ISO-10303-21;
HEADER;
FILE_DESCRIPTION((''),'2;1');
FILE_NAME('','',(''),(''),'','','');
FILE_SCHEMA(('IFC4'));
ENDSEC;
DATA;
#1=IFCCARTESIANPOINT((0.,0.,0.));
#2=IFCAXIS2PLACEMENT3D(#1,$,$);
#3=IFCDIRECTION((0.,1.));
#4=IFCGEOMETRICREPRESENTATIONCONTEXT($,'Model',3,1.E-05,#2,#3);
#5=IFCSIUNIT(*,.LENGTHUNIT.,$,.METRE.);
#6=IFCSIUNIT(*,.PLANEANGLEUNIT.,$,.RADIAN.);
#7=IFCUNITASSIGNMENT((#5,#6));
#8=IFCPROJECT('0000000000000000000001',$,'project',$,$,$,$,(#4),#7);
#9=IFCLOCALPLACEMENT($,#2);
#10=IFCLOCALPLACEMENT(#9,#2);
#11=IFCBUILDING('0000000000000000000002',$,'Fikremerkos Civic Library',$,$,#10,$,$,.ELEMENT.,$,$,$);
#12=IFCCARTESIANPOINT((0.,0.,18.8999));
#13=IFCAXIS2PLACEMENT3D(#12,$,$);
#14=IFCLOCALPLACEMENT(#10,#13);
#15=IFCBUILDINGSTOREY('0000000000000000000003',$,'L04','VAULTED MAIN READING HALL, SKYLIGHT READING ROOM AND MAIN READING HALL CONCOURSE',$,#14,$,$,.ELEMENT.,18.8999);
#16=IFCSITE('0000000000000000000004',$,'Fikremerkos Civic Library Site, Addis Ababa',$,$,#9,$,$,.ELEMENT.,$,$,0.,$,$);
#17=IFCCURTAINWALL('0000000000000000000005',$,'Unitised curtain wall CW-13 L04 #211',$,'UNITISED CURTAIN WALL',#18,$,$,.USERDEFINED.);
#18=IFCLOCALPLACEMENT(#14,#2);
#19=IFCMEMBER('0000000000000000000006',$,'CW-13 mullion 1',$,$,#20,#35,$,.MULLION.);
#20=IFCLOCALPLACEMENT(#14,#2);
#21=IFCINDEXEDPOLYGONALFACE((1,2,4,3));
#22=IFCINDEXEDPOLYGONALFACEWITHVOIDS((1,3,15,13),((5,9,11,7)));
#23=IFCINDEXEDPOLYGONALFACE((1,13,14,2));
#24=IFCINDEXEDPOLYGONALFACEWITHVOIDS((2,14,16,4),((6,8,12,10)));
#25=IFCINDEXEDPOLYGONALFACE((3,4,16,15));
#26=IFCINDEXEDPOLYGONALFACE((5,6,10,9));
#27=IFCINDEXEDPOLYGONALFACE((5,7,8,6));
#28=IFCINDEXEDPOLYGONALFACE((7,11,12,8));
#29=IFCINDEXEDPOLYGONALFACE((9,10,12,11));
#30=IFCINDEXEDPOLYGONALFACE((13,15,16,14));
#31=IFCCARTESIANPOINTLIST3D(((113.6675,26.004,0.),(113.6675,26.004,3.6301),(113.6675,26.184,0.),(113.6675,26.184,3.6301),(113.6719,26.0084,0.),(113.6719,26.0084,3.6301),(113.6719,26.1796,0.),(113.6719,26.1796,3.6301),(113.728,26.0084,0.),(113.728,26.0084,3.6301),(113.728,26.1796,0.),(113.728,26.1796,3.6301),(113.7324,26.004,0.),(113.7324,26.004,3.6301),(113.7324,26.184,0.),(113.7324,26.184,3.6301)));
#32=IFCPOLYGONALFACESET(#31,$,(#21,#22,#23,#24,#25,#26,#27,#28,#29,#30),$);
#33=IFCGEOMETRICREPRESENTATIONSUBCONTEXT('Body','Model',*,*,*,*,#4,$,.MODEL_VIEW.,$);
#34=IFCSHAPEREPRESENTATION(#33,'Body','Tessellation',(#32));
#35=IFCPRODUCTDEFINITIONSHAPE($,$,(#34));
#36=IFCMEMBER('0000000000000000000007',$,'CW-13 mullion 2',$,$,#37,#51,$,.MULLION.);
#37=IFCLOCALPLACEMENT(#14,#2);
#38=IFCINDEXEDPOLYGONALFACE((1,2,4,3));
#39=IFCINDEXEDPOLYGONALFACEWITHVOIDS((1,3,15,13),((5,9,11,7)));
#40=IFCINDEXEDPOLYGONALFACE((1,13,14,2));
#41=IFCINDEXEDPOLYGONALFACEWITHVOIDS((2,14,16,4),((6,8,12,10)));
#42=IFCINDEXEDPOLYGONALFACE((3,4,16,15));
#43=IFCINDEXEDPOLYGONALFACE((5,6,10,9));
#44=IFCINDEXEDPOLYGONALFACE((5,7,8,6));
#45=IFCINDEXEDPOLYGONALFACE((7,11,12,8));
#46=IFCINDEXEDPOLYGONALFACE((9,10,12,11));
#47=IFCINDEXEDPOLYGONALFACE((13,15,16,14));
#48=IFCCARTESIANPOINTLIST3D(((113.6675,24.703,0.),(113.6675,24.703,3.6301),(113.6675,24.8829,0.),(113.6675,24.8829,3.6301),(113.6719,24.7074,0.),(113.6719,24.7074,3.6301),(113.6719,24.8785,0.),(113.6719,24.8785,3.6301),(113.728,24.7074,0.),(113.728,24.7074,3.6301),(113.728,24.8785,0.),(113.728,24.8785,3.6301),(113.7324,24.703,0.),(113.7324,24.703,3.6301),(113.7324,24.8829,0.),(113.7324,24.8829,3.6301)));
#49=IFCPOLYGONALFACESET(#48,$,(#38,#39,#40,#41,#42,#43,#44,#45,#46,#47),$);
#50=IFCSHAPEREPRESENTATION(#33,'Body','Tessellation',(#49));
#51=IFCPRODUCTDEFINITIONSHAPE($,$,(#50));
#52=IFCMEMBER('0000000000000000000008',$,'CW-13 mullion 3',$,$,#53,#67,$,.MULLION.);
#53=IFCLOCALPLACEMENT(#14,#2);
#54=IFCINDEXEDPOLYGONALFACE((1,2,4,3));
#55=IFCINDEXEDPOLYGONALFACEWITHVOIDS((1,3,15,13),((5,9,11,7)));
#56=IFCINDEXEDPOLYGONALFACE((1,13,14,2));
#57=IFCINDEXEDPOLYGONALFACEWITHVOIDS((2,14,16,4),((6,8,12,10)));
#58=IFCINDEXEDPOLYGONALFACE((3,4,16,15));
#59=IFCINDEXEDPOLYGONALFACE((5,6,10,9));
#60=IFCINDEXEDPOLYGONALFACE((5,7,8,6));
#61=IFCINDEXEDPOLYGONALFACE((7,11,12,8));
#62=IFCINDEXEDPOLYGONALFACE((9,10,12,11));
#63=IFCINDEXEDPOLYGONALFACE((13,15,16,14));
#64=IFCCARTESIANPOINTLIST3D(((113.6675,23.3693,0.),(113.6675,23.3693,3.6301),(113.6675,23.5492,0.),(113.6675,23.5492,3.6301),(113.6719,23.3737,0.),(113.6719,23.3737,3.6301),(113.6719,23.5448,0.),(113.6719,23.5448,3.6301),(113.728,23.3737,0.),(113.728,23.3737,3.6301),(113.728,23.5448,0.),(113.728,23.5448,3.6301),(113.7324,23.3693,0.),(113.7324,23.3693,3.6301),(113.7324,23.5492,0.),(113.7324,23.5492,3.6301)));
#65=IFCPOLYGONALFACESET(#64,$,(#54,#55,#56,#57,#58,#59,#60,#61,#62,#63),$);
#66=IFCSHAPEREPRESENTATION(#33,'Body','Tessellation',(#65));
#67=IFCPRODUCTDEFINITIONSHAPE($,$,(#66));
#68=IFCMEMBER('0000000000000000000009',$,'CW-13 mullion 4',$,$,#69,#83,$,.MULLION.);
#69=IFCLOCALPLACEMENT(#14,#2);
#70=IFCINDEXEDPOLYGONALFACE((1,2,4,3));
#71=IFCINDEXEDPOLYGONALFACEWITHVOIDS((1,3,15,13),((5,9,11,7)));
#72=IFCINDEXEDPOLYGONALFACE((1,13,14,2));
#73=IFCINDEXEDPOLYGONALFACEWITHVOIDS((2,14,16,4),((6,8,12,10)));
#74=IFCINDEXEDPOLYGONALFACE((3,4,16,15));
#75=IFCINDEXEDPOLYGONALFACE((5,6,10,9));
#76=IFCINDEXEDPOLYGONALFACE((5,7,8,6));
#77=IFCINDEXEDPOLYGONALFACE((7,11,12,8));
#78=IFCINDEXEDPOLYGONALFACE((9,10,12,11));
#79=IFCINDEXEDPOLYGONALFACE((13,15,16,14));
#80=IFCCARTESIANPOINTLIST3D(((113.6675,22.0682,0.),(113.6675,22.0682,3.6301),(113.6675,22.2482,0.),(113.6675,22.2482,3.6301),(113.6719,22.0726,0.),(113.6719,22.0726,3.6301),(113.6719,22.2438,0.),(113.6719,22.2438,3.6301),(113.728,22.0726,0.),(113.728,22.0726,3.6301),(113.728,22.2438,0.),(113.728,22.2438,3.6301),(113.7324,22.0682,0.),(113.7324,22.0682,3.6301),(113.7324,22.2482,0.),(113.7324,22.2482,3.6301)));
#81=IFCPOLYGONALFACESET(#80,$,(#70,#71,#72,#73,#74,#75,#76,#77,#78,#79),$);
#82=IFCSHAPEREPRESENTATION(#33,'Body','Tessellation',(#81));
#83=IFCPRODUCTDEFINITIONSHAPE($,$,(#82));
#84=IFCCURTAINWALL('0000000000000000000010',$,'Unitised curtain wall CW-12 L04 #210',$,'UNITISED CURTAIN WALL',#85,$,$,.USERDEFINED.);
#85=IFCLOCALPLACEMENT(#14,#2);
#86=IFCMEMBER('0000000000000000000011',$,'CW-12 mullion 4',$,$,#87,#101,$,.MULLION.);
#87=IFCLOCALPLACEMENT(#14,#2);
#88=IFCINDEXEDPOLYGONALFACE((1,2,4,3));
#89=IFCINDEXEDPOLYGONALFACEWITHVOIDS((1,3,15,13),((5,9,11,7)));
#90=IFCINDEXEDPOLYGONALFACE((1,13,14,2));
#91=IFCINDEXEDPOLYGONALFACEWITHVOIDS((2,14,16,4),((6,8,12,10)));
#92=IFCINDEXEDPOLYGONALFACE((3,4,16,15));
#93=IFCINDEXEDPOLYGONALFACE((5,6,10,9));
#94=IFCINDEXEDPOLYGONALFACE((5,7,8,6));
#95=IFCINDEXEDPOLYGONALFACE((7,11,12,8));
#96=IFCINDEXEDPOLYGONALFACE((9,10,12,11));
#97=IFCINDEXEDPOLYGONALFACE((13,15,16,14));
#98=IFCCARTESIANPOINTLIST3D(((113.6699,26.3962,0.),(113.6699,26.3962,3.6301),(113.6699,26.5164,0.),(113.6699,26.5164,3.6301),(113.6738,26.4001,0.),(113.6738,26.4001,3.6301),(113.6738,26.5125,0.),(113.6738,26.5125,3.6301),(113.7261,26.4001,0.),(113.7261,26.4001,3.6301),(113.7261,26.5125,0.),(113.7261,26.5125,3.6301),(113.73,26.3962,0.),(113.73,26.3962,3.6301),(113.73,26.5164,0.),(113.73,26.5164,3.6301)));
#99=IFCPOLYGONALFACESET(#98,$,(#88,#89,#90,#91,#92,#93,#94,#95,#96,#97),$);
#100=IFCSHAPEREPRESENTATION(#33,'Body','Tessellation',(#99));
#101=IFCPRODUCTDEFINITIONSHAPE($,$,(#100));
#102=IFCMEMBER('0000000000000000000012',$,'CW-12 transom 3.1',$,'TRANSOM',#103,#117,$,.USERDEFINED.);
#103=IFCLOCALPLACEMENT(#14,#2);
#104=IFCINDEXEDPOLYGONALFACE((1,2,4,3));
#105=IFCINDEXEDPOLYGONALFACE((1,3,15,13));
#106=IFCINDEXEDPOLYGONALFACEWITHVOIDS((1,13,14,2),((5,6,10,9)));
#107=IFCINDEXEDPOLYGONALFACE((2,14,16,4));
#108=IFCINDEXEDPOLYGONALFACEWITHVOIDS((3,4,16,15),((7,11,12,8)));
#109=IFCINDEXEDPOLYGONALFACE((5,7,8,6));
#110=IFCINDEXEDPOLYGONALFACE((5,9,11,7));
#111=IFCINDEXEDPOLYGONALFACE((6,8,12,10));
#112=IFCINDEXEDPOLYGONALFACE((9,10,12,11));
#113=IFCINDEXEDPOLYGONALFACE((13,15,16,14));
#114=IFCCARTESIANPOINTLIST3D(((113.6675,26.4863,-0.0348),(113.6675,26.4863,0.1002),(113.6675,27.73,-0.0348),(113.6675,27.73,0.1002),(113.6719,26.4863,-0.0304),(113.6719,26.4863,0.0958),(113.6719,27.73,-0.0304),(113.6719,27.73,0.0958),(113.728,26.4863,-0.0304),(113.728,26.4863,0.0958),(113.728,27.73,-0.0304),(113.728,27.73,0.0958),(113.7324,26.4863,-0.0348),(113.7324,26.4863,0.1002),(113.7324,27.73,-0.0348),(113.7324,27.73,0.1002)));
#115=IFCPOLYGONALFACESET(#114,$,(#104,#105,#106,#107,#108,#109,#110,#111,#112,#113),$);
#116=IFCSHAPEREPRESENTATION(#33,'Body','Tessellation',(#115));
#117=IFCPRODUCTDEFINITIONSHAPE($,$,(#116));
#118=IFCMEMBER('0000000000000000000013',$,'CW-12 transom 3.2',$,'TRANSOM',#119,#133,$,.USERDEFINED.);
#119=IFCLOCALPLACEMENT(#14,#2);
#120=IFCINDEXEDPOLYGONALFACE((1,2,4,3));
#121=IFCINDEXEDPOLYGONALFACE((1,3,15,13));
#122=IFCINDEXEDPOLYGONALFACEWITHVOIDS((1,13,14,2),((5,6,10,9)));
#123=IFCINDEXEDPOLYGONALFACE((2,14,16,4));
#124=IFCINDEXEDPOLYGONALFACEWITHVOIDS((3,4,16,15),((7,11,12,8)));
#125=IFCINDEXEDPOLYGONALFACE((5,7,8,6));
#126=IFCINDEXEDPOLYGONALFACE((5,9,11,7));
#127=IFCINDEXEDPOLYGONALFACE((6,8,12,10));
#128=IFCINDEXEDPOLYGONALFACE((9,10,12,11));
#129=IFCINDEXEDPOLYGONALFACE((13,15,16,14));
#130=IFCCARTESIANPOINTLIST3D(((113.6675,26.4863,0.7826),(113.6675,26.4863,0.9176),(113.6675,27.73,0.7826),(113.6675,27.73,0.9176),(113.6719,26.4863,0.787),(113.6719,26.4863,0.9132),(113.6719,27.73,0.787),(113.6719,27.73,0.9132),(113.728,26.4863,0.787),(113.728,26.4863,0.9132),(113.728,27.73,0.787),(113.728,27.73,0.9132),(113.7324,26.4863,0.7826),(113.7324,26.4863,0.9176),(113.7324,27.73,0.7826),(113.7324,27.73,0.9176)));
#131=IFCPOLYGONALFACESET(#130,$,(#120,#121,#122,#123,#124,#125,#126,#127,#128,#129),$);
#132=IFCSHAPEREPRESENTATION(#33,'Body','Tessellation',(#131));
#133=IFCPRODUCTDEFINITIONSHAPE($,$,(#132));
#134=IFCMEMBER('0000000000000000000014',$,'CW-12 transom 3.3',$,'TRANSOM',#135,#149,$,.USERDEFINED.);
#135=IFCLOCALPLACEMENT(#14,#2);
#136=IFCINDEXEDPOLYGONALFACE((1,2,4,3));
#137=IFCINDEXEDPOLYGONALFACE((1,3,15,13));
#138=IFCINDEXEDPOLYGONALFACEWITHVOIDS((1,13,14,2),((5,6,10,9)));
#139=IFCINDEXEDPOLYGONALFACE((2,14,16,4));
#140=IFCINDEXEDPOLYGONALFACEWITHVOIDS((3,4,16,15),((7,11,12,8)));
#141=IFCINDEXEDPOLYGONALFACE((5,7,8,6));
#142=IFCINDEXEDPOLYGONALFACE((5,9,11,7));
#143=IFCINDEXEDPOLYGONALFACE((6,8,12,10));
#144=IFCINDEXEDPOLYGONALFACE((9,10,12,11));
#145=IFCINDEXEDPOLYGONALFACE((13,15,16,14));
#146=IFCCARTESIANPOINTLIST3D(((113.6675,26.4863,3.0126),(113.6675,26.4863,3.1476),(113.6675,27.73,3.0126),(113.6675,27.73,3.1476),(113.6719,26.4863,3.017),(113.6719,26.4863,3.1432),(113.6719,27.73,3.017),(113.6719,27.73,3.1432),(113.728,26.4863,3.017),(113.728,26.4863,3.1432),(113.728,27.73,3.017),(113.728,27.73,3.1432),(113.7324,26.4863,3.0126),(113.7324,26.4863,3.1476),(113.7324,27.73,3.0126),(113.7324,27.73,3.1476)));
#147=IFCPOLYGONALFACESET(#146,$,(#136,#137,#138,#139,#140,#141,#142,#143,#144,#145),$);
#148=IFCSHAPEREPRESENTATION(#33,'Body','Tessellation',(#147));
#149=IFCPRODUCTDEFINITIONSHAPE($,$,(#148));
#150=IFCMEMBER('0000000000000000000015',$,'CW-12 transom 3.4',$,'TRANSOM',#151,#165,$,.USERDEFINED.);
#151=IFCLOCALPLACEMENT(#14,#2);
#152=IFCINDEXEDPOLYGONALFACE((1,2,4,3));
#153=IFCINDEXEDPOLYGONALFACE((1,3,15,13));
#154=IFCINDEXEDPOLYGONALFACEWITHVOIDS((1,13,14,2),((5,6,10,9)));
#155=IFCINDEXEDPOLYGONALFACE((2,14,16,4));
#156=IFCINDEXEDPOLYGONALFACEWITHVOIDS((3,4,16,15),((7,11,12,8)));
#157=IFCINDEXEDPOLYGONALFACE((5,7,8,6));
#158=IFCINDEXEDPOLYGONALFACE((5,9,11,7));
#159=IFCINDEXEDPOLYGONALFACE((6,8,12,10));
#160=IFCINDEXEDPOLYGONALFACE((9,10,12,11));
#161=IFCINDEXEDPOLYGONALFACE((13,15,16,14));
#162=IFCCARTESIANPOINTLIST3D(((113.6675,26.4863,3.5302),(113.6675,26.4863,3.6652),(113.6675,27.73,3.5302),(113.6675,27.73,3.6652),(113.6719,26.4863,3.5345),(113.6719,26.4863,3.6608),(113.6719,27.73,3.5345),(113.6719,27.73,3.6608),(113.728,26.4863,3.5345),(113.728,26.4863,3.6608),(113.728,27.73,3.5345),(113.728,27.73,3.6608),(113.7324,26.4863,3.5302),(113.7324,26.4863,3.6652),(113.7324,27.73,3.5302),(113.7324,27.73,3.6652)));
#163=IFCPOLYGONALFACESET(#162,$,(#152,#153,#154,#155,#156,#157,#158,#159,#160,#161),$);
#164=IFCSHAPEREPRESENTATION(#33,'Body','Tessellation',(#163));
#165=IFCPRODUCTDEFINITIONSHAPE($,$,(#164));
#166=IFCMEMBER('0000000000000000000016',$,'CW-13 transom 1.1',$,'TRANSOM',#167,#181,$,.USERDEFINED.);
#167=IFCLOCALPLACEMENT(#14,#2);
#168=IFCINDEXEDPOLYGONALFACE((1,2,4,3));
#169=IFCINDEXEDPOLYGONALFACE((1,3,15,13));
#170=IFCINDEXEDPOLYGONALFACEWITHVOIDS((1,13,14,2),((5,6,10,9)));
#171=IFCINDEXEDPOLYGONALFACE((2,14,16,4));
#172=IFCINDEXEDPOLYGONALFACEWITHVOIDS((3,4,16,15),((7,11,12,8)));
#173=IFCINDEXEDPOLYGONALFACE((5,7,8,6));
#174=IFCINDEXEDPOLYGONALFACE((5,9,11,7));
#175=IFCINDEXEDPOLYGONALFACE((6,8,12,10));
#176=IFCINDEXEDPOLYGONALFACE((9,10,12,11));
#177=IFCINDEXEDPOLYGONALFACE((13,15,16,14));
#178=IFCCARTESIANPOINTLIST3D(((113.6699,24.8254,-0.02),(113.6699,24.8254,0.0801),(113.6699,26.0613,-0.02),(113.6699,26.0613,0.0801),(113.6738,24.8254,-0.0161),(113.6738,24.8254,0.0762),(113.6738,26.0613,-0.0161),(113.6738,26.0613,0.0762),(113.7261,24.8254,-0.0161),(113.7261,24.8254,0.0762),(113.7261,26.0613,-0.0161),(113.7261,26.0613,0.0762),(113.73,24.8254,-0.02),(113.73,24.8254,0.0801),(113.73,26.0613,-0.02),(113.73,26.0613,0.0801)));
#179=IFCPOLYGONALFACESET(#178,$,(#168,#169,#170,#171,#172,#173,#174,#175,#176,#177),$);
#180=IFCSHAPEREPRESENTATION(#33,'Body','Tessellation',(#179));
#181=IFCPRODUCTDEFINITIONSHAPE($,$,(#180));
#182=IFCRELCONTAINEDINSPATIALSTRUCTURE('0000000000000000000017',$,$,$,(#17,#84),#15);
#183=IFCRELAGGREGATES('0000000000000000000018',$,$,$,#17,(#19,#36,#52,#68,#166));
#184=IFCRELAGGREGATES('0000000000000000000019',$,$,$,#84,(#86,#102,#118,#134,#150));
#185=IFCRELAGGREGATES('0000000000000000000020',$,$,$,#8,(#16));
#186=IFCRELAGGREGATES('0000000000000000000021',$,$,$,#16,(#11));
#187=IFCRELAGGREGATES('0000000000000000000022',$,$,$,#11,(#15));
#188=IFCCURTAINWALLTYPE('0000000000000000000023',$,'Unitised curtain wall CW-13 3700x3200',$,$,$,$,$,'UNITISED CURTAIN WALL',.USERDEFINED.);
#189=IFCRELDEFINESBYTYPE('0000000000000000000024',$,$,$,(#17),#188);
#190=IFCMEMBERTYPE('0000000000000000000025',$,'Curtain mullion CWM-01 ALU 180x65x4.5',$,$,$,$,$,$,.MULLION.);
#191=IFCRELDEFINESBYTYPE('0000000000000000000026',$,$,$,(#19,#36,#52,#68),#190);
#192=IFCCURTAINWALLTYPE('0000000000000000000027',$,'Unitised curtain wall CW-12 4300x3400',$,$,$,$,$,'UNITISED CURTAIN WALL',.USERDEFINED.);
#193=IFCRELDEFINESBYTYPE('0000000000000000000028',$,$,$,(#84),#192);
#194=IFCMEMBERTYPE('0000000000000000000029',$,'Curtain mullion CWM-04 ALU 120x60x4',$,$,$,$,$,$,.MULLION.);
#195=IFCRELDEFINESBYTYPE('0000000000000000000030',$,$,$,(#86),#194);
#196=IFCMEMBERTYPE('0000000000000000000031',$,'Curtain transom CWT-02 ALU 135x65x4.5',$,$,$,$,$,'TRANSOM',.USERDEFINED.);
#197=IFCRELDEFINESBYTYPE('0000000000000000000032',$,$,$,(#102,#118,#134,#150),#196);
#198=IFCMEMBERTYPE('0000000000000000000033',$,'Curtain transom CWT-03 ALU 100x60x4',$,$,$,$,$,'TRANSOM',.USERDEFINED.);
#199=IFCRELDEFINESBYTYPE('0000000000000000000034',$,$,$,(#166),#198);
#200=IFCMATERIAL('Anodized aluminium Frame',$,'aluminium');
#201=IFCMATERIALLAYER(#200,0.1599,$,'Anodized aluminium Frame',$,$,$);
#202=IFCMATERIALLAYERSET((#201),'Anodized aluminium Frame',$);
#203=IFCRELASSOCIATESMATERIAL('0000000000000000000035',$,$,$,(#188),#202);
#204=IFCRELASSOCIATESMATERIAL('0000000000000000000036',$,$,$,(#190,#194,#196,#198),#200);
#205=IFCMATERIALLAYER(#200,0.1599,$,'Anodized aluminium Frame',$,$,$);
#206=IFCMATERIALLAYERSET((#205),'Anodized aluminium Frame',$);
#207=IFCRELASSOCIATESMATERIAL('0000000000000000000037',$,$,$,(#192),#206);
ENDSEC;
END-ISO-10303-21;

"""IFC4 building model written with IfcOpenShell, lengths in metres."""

from ifc_helpers import new_model, si_unit, direction, frame, origin, origin_2d, place, context, subcontext, project, spatial, hollow_rectangle, extrude, material, layer, layer_set, material_profile, profile_set, type_object, element, aggregate, save


model = new_model("IFC4")

# Units and contexts
model_context = context("Model", 3, precision=1e-05, world=origin(), true_north=direction((0.0, 1.0)))
body_context = subcontext(model_context, "Body", "Model", "MODEL_VIEW")
ifc_project = project(units=[si_unit("LENGTHUNIT", "METRE"), si_unit("PLANEANGLEUNIT", "RADIAN")], contexts=[model_context])

# Site, building, storey
site_placement = place(None, origin())
site = spatial("IfcSite", under=ifc_project, at=site_placement, Name="Fikremerkos Civic Library Site, Addis Ababa", CompositionType="ELEMENT", RefElevation=0.0)
building_placement = place(site_placement, origin())
building = spatial("IfcBuilding", under=site, at=building_placement, Name="Fikremerkos Civic Library", CompositionType="ELEMENT")
storey_placement = place(building_placement, frame((0.0, 0.0, 18.8999)))
storey = spatial("IfcBuildingStorey", under=building, at=storey_placement, Name="L04", Description="VAULTED MAIN READING HALL, SKYLIGHT READING ROOM AND MAIN READING HALL CONCOURSE", CompositionType="ELEMENT", Elevation=18.8999)

# Curtain walls, members
ifc_material_1 = material(Name="Anodized aluminium Frame", Category="aluminium")
ifc_layer_1 = layer(ifc_material_1, 0.1599, Name="Anodized aluminium Frame")
ifc_layer_set_1 = layer_set([ifc_layer_1], Name="Anodized aluminium Frame")
curtain_wall_type_1 = type_object("IfcCurtainWallType", Name="Unitised curtain wall CW-13 3700x3200", ElementType="UNITISED CURTAIN WALL", PredefinedType="USERDEFINED", material=ifc_layer_set_1)
curtain_wall_1_placement = place(storey_placement, origin())
curtain_wall_1 = element("IfcCurtainWall", 1, at=curtain_wall_1_placement, inside=storey, type_object=curtain_wall_type_1, Name="Unitised curtain wall CW-13 L04 #211", ObjectType="UNITISED CURTAIN WALL", PredefinedType="USERDEFINED")
ifc_material_profile_1 = material_profile(ifc_material_1, hollow_rectangle(XDim=0.0649, YDim=0.1799, WallThickness=0.0044, at=origin_2d()), Name="ALU 180x65x4.5")
ifc_profile_set_1 = profile_set([ifc_material_profile_1], Name="Anodized aluminium Frame")
member_type_1 = type_object("IfcMemberType", Name="Curtain mullion CWM-01 ALU 180x65x4.5", PredefinedType="MULLION", material=ifc_profile_set_1)
member_1_placement = place(storey_placement, frame((113.7, 26.094, 0.0), z_axis=(0.0, 0.0, 1.0), x_axis=(1.0, 0.0, 0.0)))
member_1 = element("IfcMember", 2, at=member_1_placement, type_object=member_type_1, Name="CW-13 mullion 1", PredefinedType="MULLION", context=body_context, shape_type="SweptSolid", body=[
    extrude(hollow_rectangle(XDim=0.0649, YDim=0.1799, WallThickness=0.0044, at=origin_2d()), origin(), (0.0, 0.0, 1.0), 3.6301),
])
member_2_placement = place(storey_placement, frame((113.7, 24.793, 0.0), z_axis=(0.0, 0.0, 1.0), x_axis=(1.0, 0.0, 0.0)))
member_2 = element("IfcMember", 3, at=member_2_placement, type_object=member_type_1, Name="CW-13 mullion 2", PredefinedType="MULLION", context=body_context, shape_type="SweptSolid", body=[
    extrude(hollow_rectangle(XDim=0.0649, YDim=0.1799, WallThickness=0.0044, at=origin_2d()), origin(), (0.0, 0.0, 1.0), 3.6301),
])
member_3_placement = place(storey_placement, frame((113.7, 23.4592, 0.0), z_axis=(0.0, 0.0, 1.0), x_axis=(1.0, 0.0, 0.0)))
member_3 = element("IfcMember", 4, at=member_3_placement, type_object=member_type_1, Name="CW-13 mullion 3", PredefinedType="MULLION", context=body_context, shape_type="SweptSolid", body=[
    extrude(hollow_rectangle(XDim=0.0649, YDim=0.1799, WallThickness=0.0044, at=origin_2d()), origin(), (0.0, 0.0, 1.0), 3.6301),
])
member_4_placement = place(storey_placement, frame((113.7, 22.1582, 0.0), z_axis=(0.0, 0.0, 1.0), x_axis=(1.0, 0.0, 0.0)))
member_4 = element("IfcMember", 5, at=member_4_placement, type_object=member_type_1, Name="CW-13 mullion 4", PredefinedType="MULLION", context=body_context, shape_type="SweptSolid", body=[
    extrude(hollow_rectangle(XDim=0.0649, YDim=0.1799, WallThickness=0.0044, at=origin_2d()), origin(), (0.0, 0.0, 1.0), 3.6301),
])
ifc_layer_2 = layer(ifc_material_1, 0.1599, Name="Anodized aluminium Frame")
ifc_layer_set_2 = layer_set([ifc_layer_2], Name="Anodized aluminium Frame")
curtain_wall_type_2 = type_object("IfcCurtainWallType", Name="Unitised curtain wall CW-12 4300x3400", ElementType="UNITISED CURTAIN WALL", PredefinedType="USERDEFINED", material=ifc_layer_set_2)
curtain_wall_2_placement = place(storey_placement, origin())
curtain_wall_2 = element("IfcCurtainWall", 6, at=curtain_wall_2_placement, inside=storey, type_object=curtain_wall_type_2, Name="Unitised curtain wall CW-12 L04 #210", ObjectType="UNITISED CURTAIN WALL", PredefinedType="USERDEFINED")
ifc_material_profile_2 = material_profile(ifc_material_1, hollow_rectangle(XDim=0.0601, YDim=0.1201, WallThickness=0.0039, at=origin_2d()), Name="ALU 120x60x4")
ifc_profile_set_2 = profile_set([ifc_material_profile_2], Name="Anodized aluminium Frame")
member_type_2 = type_object("IfcMemberType", Name="Curtain mullion CWM-04 ALU 120x60x4", PredefinedType="MULLION", material=ifc_profile_set_2)
member_5_placement = place(storey_placement, frame((113.7, 26.4563, 0.0), z_axis=(0.0, 0.0, 1.0), x_axis=(1.0, 0.0, 0.0)))
member_5 = element("IfcMember", 7, at=member_5_placement, type_object=member_type_2, Name="CW-12 mullion 4", PredefinedType="MULLION", context=body_context, shape_type="SweptSolid", body=[
    extrude(hollow_rectangle(XDim=0.0601, YDim=0.1201, WallThickness=0.0039, at=origin_2d()), origin(), (0.0, 0.0, 1.0), 3.6301),
])
ifc_material_profile_3 = material_profile(ifc_material_1, hollow_rectangle(XDim=0.0649, YDim=0.135, WallThickness=0.0044, at=origin_2d()), Name="ALU 135x65x4.5")
ifc_profile_set_3 = profile_set([ifc_material_profile_3], Name="Anodized aluminium Frame")
member_type_3 = type_object("IfcMemberType", Name="Curtain transom CWT-02 ALU 135x65x4.5", ElementType="TRANSOM", PredefinedType="USERDEFINED", material=ifc_profile_set_3)
member_6_placement = place(storey_placement, frame((113.7, 27.73, 0.0327), z_axis=(0.0, -1.0, 0.0), x_axis=(1.0, 0.0, 0.0)))
member_6 = element("IfcMember", 8, at=member_6_placement, type_object=member_type_3, Name="CW-12 transom 3.1", ObjectType="TRANSOM", PredefinedType="USERDEFINED", context=body_context, shape_type="SweptSolid", body=[
    extrude(hollow_rectangle(XDim=0.0649, YDim=0.135, WallThickness=0.0044, at=origin_2d()), origin(), (0.0, 0.0, 1.0), 1.2437),
])
member_7_placement = place(storey_placement, frame((113.7, 27.73, 0.8501), z_axis=(0.0, -1.0, 0.0), x_axis=(1.0, 0.0, 0.0)))
member_7 = element("IfcMember", 9, at=member_7_placement, type_object=member_type_3, Name="CW-12 transom 3.2", ObjectType="TRANSOM", PredefinedType="USERDEFINED", context=body_context, shape_type="SweptSolid", body=[
    extrude(hollow_rectangle(XDim=0.0649, YDim=0.135, WallThickness=0.0044, at=origin_2d()), origin(), (0.0, 0.0, 1.0), 1.2437),
])
member_8_placement = place(storey_placement, frame((113.7, 27.73, 3.0801), z_axis=(0.0, -1.0, 0.0), x_axis=(1.0, 0.0, 0.0)))
member_8 = element("IfcMember", 10, at=member_8_placement, type_object=member_type_3, Name="CW-12 transom 3.3", ObjectType="TRANSOM", PredefinedType="USERDEFINED", context=body_context, shape_type="SweptSolid", body=[
    extrude(hollow_rectangle(XDim=0.0649, YDim=0.135, WallThickness=0.0044, at=origin_2d()), origin(), (0.0, 0.0, 1.0), 1.2437),
])
member_9_placement = place(storey_placement, frame((113.7, 27.73, 3.5977), z_axis=(0.0, -1.0, 0.0), x_axis=(1.0, 0.0, 0.0)))
member_9 = element("IfcMember", 11, at=member_9_placement, type_object=member_type_3, Name="CW-12 transom 3.4", ObjectType="TRANSOM", PredefinedType="USERDEFINED", context=body_context, shape_type="SweptSolid", body=[
    extrude(hollow_rectangle(XDim=0.0649, YDim=0.135, WallThickness=0.0044, at=origin_2d()), origin(), (0.0, 0.0, 1.0), 1.2437),
])

# Member
ifc_material_profile_4 = material_profile(ifc_material_1, hollow_rectangle(XDim=0.0601, YDim=0.1001, WallThickness=0.0039, at=origin_2d()), Name="ALU 100x60x4")
ifc_profile_set_4 = profile_set([ifc_material_profile_4], Name="Anodized aluminium Frame")
member_type_4 = type_object("IfcMemberType", Name="Curtain transom CWT-03 ALU 100x60x4", ElementType="TRANSOM", PredefinedType="USERDEFINED", material=ifc_profile_set_4)
member_10_placement = place(storey_placement, frame((113.7, 26.0613, 0.03), z_axis=(0.0, -1.0, 0.0), x_axis=(1.0, 0.0, 0.0)))
member_10 = element("IfcMember", 12, at=member_10_placement, type_object=member_type_4, Name="CW-13 transom 1.1", ObjectType="TRANSOM", PredefinedType="USERDEFINED", context=body_context, shape_type="SweptSolid", body=[
    extrude(hollow_rectangle(XDim=0.0601, YDim=0.1001, WallThickness=0.0039, at=origin_2d()), origin(), (0.0, 0.0, 1.0), 1.2358),
])

aggregate(curtain_wall_1, [member_1, member_2, member_3, member_4, member_10])
aggregate(curtain_wall_2, [member_5, member_6, member_7, member_8, member_9])

save(model, "model.ifc")
